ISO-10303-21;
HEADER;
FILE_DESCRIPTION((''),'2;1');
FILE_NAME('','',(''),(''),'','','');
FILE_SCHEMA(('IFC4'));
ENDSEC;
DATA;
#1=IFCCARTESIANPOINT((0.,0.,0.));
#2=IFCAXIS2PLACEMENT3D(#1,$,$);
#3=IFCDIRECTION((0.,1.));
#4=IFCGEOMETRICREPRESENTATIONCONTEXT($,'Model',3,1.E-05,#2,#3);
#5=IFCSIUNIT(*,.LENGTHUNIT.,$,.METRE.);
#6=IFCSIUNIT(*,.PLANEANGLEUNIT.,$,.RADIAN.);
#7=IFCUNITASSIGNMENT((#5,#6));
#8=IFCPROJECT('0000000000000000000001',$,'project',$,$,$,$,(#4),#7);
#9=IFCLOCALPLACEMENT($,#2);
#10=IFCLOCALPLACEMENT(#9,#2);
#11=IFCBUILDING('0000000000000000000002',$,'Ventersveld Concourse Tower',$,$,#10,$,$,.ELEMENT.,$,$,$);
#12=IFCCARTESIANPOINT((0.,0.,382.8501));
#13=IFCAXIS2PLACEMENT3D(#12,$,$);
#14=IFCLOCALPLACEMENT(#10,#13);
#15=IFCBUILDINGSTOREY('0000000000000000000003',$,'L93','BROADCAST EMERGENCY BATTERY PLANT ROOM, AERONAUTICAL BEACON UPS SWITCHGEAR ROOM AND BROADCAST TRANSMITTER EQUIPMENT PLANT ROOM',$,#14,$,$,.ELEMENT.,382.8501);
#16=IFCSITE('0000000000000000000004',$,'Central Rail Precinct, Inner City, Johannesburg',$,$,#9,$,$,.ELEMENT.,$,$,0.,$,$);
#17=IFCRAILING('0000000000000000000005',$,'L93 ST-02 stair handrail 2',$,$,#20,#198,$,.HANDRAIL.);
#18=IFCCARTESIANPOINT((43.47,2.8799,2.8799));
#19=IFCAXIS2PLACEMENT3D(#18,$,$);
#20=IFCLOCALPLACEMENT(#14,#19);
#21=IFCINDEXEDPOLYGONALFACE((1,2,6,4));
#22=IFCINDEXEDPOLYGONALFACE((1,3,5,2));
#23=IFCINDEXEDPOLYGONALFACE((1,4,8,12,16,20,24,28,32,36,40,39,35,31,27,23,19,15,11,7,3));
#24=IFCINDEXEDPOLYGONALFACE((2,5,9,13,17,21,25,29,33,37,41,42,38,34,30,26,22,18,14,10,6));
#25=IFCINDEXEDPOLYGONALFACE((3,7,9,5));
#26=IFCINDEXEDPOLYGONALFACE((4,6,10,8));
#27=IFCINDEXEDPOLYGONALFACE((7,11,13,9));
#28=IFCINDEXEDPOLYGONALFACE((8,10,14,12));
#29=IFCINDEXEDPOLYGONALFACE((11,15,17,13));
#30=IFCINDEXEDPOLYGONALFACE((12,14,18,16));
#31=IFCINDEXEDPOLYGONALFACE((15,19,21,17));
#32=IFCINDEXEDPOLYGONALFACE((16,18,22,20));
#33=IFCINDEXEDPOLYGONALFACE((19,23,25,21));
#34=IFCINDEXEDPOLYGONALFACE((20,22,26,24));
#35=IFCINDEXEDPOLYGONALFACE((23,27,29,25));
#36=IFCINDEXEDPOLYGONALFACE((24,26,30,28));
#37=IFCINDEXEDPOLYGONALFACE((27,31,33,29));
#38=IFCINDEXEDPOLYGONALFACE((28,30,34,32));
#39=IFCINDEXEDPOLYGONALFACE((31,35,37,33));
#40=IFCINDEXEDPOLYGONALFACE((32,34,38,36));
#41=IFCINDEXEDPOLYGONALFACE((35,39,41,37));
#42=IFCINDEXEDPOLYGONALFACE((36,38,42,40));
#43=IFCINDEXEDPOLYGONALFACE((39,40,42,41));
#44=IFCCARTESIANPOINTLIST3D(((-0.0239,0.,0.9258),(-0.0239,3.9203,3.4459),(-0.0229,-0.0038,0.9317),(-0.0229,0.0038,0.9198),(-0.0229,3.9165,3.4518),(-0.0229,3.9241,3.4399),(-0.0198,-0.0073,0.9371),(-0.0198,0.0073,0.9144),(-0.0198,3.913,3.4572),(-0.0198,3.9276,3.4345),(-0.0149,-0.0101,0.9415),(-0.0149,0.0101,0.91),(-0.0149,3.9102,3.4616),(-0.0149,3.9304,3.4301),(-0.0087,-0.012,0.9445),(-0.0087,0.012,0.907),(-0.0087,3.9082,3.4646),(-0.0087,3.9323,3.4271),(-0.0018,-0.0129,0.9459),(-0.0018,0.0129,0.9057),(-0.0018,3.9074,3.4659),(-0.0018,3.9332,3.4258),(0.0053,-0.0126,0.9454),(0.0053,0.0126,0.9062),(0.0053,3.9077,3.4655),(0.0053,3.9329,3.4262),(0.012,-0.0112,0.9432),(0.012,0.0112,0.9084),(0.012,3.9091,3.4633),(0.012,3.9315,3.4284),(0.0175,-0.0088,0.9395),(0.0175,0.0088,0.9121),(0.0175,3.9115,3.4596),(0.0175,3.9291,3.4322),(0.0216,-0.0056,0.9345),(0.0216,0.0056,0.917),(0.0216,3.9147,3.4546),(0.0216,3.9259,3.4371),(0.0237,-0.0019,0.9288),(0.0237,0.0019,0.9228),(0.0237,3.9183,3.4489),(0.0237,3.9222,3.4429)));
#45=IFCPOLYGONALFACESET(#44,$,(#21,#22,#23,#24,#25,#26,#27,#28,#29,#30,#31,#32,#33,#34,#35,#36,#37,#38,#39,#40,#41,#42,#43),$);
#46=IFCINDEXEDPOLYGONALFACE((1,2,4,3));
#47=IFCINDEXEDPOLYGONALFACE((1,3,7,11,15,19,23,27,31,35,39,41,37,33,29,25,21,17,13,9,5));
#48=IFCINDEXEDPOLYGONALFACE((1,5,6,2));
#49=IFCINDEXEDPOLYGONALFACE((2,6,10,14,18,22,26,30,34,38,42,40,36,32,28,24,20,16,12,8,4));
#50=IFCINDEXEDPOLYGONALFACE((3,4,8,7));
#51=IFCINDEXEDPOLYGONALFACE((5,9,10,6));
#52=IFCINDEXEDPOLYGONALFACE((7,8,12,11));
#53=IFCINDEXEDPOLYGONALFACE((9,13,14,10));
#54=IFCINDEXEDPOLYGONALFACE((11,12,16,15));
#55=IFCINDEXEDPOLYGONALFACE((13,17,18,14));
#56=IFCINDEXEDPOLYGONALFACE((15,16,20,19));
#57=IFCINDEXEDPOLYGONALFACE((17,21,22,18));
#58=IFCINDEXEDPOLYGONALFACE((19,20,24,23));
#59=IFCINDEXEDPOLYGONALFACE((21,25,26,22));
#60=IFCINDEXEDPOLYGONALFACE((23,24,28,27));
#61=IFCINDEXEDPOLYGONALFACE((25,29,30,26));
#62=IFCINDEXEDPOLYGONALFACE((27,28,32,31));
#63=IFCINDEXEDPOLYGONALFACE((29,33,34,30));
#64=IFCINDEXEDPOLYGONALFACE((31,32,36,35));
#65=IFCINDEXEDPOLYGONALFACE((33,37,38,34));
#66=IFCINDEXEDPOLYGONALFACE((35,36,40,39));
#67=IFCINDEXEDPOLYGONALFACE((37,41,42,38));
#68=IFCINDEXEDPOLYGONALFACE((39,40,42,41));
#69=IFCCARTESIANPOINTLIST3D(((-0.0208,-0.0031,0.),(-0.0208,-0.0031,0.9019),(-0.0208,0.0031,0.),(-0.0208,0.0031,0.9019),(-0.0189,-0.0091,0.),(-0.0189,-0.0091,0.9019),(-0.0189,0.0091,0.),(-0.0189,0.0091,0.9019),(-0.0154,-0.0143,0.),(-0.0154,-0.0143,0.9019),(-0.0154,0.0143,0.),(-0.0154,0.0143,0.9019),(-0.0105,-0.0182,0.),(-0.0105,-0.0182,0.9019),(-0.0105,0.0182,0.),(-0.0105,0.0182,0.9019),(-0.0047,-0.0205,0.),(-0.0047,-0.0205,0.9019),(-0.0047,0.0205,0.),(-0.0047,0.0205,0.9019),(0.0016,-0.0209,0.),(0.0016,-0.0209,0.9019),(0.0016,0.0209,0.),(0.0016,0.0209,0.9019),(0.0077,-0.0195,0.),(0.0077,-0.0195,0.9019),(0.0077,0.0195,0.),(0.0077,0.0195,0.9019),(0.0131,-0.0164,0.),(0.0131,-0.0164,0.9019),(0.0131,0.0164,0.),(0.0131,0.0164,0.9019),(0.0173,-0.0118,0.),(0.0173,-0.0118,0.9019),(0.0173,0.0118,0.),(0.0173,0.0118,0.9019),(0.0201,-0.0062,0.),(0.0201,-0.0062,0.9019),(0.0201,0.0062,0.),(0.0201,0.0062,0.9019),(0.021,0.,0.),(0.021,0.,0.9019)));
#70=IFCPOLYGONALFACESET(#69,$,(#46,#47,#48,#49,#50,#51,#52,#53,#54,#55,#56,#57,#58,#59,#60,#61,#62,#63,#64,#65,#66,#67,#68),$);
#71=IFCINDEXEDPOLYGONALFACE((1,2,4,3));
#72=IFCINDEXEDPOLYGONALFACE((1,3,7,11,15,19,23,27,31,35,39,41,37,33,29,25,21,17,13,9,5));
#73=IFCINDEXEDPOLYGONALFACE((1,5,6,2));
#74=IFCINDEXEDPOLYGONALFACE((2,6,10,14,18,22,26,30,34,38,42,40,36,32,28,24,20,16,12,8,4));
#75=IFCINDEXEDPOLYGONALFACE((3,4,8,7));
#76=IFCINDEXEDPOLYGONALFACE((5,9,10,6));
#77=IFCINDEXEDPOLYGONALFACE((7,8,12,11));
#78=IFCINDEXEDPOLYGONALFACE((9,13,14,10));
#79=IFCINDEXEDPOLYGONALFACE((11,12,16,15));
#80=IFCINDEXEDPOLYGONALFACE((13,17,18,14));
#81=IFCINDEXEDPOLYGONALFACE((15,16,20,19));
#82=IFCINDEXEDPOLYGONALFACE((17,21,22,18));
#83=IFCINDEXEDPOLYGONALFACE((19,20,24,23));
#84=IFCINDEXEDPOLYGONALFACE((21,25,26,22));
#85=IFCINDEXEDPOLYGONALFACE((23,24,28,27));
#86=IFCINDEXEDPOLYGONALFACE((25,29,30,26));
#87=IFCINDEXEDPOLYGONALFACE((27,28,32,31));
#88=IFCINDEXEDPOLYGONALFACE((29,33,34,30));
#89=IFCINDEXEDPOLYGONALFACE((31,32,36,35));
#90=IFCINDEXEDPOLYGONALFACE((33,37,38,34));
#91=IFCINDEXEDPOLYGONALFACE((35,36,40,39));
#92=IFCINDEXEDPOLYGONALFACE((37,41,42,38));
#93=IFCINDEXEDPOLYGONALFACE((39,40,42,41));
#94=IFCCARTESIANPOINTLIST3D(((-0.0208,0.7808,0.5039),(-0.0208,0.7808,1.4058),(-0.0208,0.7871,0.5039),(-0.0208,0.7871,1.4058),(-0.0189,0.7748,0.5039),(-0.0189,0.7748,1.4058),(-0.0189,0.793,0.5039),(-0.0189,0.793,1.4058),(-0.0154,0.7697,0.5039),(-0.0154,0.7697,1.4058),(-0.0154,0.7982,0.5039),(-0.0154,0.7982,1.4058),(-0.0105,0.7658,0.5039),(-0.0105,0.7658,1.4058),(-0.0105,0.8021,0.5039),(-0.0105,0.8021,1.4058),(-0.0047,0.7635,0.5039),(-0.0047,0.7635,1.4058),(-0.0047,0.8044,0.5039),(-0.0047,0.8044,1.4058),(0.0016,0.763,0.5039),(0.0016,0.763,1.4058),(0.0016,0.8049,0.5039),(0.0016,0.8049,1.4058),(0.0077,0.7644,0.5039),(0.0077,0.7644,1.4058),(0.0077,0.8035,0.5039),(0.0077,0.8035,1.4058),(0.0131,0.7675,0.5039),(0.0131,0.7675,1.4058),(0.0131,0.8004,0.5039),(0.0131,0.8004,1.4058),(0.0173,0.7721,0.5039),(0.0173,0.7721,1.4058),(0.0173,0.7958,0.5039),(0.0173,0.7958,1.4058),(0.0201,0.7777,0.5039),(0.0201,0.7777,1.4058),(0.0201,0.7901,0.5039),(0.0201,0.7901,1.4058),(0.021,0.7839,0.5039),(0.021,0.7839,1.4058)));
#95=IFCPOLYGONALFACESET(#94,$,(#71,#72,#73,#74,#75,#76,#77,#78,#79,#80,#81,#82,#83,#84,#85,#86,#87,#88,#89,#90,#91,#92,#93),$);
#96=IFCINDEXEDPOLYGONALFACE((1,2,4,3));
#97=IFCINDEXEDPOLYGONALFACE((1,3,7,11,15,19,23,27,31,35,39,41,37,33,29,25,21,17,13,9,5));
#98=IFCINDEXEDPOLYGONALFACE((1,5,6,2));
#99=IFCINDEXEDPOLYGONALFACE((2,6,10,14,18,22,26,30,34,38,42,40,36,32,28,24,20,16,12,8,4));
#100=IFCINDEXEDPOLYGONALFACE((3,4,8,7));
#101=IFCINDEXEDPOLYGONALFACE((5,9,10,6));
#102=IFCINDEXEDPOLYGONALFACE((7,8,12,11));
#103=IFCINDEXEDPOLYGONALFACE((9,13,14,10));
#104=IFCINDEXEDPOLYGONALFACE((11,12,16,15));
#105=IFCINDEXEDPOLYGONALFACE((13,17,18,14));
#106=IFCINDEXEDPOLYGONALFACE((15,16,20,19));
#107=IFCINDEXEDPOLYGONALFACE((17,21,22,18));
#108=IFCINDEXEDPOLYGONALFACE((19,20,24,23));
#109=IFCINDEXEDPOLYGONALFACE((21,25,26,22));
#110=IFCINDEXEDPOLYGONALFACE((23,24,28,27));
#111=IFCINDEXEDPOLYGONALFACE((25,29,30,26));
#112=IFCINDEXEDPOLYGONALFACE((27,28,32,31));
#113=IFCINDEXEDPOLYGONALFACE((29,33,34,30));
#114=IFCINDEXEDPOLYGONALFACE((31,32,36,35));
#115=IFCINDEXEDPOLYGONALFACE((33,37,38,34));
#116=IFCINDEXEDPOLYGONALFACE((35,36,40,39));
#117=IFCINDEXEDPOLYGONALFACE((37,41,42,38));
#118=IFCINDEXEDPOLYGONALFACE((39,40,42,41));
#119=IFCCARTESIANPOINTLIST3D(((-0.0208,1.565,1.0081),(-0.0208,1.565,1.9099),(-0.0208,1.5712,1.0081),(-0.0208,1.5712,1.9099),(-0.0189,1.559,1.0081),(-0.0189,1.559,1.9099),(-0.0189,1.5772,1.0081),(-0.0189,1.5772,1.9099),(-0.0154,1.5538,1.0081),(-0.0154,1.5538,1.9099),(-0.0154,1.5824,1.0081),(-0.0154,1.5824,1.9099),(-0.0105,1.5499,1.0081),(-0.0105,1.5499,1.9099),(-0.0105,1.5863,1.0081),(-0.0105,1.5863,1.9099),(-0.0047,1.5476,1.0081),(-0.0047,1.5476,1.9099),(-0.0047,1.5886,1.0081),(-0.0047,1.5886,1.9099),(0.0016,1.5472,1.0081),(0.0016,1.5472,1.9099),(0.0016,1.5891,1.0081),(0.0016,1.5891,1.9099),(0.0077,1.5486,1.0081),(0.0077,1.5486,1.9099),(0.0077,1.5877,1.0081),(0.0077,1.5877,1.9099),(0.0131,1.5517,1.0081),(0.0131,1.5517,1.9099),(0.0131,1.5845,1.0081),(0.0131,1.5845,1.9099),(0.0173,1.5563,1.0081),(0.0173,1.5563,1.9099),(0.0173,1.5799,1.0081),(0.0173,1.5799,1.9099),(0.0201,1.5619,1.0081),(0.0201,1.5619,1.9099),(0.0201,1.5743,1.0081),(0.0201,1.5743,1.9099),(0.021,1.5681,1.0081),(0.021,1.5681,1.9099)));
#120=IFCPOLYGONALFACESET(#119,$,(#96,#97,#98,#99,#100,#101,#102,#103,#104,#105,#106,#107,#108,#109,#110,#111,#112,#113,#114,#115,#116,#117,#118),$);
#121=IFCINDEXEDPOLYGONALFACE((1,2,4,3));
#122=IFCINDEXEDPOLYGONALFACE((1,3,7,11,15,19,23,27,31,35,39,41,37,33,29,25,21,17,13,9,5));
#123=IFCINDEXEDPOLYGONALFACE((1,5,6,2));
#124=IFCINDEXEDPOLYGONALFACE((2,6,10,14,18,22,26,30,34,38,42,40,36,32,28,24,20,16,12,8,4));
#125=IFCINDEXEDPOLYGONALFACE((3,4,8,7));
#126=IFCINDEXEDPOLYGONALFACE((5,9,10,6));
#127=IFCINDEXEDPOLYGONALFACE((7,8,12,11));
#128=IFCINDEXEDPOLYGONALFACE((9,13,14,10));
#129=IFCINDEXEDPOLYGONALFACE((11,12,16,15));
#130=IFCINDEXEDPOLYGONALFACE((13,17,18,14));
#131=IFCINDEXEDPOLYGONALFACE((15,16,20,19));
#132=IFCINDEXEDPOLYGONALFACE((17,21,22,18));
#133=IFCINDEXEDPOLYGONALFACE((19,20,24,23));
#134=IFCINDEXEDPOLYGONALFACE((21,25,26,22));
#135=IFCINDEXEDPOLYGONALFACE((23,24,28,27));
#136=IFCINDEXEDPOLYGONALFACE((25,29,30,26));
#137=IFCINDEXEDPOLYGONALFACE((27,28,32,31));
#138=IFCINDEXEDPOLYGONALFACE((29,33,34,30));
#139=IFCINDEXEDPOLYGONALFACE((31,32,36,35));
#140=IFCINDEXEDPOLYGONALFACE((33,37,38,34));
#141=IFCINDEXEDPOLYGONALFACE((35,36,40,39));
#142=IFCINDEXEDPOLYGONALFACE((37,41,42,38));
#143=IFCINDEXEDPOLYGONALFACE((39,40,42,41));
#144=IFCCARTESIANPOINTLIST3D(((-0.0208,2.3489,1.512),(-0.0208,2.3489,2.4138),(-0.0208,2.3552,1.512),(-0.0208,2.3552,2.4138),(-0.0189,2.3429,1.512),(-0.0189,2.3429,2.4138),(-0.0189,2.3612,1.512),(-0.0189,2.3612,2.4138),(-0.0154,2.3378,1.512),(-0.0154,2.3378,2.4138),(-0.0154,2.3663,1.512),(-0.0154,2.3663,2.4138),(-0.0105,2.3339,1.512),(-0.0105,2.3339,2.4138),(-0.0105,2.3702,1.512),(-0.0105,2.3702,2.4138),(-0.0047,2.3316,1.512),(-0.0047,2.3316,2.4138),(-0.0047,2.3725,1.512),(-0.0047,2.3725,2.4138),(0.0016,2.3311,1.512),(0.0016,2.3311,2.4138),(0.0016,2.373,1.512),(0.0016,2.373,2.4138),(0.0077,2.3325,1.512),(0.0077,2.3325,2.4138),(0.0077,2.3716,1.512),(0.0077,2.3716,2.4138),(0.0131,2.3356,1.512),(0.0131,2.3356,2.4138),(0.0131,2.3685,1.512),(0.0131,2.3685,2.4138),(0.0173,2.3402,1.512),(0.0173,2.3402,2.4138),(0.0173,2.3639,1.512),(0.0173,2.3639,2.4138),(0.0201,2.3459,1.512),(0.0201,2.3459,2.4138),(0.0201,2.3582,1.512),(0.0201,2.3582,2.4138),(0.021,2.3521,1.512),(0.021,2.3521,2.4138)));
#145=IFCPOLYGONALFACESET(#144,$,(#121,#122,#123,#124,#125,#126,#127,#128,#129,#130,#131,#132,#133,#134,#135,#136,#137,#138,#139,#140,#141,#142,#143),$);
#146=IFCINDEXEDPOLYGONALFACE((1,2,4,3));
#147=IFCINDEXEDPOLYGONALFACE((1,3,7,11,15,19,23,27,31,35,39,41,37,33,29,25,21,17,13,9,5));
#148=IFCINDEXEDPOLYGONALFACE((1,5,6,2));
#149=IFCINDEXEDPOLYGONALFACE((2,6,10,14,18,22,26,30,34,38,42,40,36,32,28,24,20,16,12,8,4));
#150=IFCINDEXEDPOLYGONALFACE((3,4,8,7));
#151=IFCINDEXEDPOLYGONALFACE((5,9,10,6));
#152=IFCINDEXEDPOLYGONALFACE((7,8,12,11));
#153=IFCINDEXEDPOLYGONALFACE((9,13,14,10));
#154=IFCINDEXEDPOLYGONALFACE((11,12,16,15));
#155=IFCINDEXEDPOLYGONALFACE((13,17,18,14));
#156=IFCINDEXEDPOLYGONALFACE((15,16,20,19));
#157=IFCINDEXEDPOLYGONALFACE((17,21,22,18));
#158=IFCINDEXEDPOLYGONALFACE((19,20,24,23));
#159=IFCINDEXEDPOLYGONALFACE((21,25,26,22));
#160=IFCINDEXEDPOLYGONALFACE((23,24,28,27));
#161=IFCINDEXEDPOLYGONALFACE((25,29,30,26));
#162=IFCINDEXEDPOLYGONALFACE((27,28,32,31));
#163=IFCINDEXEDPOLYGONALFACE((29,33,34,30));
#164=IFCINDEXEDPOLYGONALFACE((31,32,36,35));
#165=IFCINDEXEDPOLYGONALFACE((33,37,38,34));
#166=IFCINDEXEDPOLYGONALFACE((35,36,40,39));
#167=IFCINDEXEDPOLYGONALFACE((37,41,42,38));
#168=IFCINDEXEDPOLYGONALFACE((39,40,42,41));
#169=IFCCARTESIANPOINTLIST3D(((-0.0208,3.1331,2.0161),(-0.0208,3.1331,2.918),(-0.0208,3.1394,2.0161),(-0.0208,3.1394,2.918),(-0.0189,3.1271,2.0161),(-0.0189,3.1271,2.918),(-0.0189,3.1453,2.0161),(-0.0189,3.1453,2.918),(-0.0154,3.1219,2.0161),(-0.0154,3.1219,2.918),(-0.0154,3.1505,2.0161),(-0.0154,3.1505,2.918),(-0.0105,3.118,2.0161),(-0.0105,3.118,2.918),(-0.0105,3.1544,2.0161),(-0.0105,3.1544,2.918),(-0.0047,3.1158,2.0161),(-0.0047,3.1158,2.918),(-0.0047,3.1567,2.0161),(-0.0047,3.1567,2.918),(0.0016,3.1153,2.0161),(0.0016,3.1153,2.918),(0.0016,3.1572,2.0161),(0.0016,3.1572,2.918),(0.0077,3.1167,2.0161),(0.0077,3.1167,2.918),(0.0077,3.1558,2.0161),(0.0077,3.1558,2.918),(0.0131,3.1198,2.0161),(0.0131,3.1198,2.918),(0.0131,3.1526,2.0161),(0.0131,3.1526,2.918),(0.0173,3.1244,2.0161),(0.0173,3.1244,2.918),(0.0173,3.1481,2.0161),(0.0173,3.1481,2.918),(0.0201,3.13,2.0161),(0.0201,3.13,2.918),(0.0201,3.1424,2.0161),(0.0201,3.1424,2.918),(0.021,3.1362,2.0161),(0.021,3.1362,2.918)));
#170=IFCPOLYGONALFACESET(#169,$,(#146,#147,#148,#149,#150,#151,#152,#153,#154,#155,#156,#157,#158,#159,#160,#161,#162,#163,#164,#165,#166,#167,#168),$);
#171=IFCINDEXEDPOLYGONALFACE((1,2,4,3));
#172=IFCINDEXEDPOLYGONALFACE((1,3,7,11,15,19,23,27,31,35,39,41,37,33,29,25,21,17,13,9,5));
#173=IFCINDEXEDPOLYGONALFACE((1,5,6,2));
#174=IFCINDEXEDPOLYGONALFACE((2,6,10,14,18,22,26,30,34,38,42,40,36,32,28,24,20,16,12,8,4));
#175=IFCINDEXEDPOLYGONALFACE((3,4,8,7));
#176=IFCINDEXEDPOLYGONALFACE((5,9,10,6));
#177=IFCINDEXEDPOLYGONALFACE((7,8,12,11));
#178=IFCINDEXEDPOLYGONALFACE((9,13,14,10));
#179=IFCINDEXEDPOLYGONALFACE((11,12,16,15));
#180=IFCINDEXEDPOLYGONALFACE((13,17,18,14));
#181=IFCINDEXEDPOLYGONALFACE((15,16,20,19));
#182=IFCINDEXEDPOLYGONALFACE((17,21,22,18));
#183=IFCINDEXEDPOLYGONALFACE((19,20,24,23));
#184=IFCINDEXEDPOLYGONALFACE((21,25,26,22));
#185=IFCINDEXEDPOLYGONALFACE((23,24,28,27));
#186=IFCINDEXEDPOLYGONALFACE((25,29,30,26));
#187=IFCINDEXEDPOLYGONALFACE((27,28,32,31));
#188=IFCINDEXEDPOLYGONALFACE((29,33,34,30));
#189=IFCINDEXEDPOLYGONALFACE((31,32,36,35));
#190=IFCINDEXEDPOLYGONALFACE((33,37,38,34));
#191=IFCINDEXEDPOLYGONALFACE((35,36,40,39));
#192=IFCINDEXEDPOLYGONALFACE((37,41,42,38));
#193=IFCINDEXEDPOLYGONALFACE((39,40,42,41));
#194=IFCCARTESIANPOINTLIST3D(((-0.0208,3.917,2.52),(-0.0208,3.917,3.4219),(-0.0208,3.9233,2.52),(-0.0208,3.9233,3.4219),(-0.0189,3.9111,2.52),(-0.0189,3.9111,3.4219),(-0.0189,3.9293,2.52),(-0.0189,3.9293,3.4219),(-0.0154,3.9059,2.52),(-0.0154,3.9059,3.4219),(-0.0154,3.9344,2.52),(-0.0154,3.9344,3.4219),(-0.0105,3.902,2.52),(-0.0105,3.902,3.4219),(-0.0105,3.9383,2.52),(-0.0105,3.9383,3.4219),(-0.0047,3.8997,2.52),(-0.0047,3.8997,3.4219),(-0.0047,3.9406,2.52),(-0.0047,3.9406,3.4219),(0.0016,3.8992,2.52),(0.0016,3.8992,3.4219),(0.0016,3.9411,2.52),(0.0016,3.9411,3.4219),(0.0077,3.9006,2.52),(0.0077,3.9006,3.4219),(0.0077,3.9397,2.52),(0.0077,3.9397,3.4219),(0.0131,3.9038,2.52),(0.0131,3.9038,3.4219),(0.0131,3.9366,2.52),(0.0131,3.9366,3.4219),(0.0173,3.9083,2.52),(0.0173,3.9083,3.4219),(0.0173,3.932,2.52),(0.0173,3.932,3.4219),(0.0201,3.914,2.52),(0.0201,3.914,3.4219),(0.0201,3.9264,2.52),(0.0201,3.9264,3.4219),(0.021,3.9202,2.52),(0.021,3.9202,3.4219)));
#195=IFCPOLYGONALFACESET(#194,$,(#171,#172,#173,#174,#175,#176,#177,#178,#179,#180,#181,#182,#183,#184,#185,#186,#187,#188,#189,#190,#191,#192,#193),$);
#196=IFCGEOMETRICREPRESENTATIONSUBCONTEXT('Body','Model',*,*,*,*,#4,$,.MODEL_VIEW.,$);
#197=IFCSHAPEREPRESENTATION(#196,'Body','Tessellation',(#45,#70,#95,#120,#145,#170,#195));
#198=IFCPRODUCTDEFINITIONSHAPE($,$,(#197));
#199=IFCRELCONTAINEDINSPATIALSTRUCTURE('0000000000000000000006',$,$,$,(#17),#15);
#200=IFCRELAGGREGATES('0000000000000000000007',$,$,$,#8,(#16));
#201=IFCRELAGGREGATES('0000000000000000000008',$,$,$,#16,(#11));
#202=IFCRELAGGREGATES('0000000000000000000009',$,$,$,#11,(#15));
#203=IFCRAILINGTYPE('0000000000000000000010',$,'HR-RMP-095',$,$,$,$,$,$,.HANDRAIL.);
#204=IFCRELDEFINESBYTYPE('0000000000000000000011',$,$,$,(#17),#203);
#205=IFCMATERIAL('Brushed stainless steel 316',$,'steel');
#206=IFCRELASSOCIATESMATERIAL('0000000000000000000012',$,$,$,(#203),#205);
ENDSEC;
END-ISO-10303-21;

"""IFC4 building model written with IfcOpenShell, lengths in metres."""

from ifc_helpers import new_model, si_unit, direction, frame, origin, origin_2d, place, context, subcontext, project, spatial, circle, extrude, material, type_object, element, save


model = new_model("IFC4")

# Units and contexts
model_context = context("Model", 3, precision=1e-05, world=origin(), true_north=direction((0.0, 1.0)))
body_context = subcontext(model_context, "Body", "Model", "MODEL_VIEW")
ifc_project = project(units=[si_unit("LENGTHUNIT", "METRE"), si_unit("PLANEANGLEUNIT", "RADIAN")], contexts=[model_context])

# Site, building, storey
site_placement = place(None, origin())
site = spatial("IfcSite", under=ifc_project, at=site_placement, Name="Central Rail Precinct, Inner City, Johannesburg", CompositionType="ELEMENT", RefElevation=0.0)
building_placement = place(site_placement, origin())
building = spatial("IfcBuilding", under=site, at=building_placement, Name="Ventersveld Concourse Tower", CompositionType="ELEMENT")
storey_placement = place(building_placement, frame((0.0, 0.0, 382.8501)))
storey = spatial("IfcBuildingStorey", under=building, at=storey_placement, Name="L93", Description="BROADCAST EMERGENCY BATTERY PLANT ROOM, AERONAUTICAL BEACON UPS SWITCHGEAR ROOM AND BROADCAST TRANSMITTER EQUIPMENT PLANT ROOM", CompositionType="ELEMENT", Elevation=382.8501)

# Shared definitions
ifc_material_1 = material(Name="Brushed stainless steel 316", Category="steel")

# Railing
railing_type_1 = type_object("IfcRailingType", Name="HR-RMP-095", PredefinedType="HANDRAIL", material=ifc_material_1)
railing_1_placement = place(storey_placement, frame((43.47, 2.8799, 2.8799)))
element("IfcRailing", 1, at=railing_1_placement, inside=storey, type_object=railing_type_1, Name="L93 ST-02 stair handrail 2", PredefinedType="HANDRAIL", context=body_context, shape_type="SweptSolid", body=[
    extrude(circle(Radius=0.0239, at=origin_2d()), frame((0.0, 0.0, 0.9258), z_axis=(0.0, 0.841187, 0.540744), x_axis=(-1.0, 0.0, 0.0)), (0.0, 0.0, 1.0), 4.6604),
    extrude(circle(Radius=0.021, at=origin_2d()), origin(), (0.0, 0.0, 1.0), 0.9019),
    extrude(circle(Radius=0.021, at=origin_2d()), frame((0.0, 0.7839, 0.5039)), (0.0, 0.0, 1.0), 0.9019),
    extrude(circle(Radius=0.021, at=origin_2d()), frame((0.0, 1.5681, 1.0081)), (0.0, 0.0, 1.0), 0.9019),
    extrude(circle(Radius=0.021, at=origin_2d()), frame((0.0, 2.3521, 1.512)), (0.0, 0.0, 1.0), 0.9019),
    extrude(circle(Radius=0.021, at=origin_2d()), frame((0.0, 3.1362, 2.0161)), (0.0, 0.0, 1.0), 0.9019),
    extrude(circle(Radius=0.021, at=origin_2d()), frame((0.0, 3.9202, 2.52)), (0.0, 0.0, 1.0), 0.9019),
])

save(model, "model.ifc")
